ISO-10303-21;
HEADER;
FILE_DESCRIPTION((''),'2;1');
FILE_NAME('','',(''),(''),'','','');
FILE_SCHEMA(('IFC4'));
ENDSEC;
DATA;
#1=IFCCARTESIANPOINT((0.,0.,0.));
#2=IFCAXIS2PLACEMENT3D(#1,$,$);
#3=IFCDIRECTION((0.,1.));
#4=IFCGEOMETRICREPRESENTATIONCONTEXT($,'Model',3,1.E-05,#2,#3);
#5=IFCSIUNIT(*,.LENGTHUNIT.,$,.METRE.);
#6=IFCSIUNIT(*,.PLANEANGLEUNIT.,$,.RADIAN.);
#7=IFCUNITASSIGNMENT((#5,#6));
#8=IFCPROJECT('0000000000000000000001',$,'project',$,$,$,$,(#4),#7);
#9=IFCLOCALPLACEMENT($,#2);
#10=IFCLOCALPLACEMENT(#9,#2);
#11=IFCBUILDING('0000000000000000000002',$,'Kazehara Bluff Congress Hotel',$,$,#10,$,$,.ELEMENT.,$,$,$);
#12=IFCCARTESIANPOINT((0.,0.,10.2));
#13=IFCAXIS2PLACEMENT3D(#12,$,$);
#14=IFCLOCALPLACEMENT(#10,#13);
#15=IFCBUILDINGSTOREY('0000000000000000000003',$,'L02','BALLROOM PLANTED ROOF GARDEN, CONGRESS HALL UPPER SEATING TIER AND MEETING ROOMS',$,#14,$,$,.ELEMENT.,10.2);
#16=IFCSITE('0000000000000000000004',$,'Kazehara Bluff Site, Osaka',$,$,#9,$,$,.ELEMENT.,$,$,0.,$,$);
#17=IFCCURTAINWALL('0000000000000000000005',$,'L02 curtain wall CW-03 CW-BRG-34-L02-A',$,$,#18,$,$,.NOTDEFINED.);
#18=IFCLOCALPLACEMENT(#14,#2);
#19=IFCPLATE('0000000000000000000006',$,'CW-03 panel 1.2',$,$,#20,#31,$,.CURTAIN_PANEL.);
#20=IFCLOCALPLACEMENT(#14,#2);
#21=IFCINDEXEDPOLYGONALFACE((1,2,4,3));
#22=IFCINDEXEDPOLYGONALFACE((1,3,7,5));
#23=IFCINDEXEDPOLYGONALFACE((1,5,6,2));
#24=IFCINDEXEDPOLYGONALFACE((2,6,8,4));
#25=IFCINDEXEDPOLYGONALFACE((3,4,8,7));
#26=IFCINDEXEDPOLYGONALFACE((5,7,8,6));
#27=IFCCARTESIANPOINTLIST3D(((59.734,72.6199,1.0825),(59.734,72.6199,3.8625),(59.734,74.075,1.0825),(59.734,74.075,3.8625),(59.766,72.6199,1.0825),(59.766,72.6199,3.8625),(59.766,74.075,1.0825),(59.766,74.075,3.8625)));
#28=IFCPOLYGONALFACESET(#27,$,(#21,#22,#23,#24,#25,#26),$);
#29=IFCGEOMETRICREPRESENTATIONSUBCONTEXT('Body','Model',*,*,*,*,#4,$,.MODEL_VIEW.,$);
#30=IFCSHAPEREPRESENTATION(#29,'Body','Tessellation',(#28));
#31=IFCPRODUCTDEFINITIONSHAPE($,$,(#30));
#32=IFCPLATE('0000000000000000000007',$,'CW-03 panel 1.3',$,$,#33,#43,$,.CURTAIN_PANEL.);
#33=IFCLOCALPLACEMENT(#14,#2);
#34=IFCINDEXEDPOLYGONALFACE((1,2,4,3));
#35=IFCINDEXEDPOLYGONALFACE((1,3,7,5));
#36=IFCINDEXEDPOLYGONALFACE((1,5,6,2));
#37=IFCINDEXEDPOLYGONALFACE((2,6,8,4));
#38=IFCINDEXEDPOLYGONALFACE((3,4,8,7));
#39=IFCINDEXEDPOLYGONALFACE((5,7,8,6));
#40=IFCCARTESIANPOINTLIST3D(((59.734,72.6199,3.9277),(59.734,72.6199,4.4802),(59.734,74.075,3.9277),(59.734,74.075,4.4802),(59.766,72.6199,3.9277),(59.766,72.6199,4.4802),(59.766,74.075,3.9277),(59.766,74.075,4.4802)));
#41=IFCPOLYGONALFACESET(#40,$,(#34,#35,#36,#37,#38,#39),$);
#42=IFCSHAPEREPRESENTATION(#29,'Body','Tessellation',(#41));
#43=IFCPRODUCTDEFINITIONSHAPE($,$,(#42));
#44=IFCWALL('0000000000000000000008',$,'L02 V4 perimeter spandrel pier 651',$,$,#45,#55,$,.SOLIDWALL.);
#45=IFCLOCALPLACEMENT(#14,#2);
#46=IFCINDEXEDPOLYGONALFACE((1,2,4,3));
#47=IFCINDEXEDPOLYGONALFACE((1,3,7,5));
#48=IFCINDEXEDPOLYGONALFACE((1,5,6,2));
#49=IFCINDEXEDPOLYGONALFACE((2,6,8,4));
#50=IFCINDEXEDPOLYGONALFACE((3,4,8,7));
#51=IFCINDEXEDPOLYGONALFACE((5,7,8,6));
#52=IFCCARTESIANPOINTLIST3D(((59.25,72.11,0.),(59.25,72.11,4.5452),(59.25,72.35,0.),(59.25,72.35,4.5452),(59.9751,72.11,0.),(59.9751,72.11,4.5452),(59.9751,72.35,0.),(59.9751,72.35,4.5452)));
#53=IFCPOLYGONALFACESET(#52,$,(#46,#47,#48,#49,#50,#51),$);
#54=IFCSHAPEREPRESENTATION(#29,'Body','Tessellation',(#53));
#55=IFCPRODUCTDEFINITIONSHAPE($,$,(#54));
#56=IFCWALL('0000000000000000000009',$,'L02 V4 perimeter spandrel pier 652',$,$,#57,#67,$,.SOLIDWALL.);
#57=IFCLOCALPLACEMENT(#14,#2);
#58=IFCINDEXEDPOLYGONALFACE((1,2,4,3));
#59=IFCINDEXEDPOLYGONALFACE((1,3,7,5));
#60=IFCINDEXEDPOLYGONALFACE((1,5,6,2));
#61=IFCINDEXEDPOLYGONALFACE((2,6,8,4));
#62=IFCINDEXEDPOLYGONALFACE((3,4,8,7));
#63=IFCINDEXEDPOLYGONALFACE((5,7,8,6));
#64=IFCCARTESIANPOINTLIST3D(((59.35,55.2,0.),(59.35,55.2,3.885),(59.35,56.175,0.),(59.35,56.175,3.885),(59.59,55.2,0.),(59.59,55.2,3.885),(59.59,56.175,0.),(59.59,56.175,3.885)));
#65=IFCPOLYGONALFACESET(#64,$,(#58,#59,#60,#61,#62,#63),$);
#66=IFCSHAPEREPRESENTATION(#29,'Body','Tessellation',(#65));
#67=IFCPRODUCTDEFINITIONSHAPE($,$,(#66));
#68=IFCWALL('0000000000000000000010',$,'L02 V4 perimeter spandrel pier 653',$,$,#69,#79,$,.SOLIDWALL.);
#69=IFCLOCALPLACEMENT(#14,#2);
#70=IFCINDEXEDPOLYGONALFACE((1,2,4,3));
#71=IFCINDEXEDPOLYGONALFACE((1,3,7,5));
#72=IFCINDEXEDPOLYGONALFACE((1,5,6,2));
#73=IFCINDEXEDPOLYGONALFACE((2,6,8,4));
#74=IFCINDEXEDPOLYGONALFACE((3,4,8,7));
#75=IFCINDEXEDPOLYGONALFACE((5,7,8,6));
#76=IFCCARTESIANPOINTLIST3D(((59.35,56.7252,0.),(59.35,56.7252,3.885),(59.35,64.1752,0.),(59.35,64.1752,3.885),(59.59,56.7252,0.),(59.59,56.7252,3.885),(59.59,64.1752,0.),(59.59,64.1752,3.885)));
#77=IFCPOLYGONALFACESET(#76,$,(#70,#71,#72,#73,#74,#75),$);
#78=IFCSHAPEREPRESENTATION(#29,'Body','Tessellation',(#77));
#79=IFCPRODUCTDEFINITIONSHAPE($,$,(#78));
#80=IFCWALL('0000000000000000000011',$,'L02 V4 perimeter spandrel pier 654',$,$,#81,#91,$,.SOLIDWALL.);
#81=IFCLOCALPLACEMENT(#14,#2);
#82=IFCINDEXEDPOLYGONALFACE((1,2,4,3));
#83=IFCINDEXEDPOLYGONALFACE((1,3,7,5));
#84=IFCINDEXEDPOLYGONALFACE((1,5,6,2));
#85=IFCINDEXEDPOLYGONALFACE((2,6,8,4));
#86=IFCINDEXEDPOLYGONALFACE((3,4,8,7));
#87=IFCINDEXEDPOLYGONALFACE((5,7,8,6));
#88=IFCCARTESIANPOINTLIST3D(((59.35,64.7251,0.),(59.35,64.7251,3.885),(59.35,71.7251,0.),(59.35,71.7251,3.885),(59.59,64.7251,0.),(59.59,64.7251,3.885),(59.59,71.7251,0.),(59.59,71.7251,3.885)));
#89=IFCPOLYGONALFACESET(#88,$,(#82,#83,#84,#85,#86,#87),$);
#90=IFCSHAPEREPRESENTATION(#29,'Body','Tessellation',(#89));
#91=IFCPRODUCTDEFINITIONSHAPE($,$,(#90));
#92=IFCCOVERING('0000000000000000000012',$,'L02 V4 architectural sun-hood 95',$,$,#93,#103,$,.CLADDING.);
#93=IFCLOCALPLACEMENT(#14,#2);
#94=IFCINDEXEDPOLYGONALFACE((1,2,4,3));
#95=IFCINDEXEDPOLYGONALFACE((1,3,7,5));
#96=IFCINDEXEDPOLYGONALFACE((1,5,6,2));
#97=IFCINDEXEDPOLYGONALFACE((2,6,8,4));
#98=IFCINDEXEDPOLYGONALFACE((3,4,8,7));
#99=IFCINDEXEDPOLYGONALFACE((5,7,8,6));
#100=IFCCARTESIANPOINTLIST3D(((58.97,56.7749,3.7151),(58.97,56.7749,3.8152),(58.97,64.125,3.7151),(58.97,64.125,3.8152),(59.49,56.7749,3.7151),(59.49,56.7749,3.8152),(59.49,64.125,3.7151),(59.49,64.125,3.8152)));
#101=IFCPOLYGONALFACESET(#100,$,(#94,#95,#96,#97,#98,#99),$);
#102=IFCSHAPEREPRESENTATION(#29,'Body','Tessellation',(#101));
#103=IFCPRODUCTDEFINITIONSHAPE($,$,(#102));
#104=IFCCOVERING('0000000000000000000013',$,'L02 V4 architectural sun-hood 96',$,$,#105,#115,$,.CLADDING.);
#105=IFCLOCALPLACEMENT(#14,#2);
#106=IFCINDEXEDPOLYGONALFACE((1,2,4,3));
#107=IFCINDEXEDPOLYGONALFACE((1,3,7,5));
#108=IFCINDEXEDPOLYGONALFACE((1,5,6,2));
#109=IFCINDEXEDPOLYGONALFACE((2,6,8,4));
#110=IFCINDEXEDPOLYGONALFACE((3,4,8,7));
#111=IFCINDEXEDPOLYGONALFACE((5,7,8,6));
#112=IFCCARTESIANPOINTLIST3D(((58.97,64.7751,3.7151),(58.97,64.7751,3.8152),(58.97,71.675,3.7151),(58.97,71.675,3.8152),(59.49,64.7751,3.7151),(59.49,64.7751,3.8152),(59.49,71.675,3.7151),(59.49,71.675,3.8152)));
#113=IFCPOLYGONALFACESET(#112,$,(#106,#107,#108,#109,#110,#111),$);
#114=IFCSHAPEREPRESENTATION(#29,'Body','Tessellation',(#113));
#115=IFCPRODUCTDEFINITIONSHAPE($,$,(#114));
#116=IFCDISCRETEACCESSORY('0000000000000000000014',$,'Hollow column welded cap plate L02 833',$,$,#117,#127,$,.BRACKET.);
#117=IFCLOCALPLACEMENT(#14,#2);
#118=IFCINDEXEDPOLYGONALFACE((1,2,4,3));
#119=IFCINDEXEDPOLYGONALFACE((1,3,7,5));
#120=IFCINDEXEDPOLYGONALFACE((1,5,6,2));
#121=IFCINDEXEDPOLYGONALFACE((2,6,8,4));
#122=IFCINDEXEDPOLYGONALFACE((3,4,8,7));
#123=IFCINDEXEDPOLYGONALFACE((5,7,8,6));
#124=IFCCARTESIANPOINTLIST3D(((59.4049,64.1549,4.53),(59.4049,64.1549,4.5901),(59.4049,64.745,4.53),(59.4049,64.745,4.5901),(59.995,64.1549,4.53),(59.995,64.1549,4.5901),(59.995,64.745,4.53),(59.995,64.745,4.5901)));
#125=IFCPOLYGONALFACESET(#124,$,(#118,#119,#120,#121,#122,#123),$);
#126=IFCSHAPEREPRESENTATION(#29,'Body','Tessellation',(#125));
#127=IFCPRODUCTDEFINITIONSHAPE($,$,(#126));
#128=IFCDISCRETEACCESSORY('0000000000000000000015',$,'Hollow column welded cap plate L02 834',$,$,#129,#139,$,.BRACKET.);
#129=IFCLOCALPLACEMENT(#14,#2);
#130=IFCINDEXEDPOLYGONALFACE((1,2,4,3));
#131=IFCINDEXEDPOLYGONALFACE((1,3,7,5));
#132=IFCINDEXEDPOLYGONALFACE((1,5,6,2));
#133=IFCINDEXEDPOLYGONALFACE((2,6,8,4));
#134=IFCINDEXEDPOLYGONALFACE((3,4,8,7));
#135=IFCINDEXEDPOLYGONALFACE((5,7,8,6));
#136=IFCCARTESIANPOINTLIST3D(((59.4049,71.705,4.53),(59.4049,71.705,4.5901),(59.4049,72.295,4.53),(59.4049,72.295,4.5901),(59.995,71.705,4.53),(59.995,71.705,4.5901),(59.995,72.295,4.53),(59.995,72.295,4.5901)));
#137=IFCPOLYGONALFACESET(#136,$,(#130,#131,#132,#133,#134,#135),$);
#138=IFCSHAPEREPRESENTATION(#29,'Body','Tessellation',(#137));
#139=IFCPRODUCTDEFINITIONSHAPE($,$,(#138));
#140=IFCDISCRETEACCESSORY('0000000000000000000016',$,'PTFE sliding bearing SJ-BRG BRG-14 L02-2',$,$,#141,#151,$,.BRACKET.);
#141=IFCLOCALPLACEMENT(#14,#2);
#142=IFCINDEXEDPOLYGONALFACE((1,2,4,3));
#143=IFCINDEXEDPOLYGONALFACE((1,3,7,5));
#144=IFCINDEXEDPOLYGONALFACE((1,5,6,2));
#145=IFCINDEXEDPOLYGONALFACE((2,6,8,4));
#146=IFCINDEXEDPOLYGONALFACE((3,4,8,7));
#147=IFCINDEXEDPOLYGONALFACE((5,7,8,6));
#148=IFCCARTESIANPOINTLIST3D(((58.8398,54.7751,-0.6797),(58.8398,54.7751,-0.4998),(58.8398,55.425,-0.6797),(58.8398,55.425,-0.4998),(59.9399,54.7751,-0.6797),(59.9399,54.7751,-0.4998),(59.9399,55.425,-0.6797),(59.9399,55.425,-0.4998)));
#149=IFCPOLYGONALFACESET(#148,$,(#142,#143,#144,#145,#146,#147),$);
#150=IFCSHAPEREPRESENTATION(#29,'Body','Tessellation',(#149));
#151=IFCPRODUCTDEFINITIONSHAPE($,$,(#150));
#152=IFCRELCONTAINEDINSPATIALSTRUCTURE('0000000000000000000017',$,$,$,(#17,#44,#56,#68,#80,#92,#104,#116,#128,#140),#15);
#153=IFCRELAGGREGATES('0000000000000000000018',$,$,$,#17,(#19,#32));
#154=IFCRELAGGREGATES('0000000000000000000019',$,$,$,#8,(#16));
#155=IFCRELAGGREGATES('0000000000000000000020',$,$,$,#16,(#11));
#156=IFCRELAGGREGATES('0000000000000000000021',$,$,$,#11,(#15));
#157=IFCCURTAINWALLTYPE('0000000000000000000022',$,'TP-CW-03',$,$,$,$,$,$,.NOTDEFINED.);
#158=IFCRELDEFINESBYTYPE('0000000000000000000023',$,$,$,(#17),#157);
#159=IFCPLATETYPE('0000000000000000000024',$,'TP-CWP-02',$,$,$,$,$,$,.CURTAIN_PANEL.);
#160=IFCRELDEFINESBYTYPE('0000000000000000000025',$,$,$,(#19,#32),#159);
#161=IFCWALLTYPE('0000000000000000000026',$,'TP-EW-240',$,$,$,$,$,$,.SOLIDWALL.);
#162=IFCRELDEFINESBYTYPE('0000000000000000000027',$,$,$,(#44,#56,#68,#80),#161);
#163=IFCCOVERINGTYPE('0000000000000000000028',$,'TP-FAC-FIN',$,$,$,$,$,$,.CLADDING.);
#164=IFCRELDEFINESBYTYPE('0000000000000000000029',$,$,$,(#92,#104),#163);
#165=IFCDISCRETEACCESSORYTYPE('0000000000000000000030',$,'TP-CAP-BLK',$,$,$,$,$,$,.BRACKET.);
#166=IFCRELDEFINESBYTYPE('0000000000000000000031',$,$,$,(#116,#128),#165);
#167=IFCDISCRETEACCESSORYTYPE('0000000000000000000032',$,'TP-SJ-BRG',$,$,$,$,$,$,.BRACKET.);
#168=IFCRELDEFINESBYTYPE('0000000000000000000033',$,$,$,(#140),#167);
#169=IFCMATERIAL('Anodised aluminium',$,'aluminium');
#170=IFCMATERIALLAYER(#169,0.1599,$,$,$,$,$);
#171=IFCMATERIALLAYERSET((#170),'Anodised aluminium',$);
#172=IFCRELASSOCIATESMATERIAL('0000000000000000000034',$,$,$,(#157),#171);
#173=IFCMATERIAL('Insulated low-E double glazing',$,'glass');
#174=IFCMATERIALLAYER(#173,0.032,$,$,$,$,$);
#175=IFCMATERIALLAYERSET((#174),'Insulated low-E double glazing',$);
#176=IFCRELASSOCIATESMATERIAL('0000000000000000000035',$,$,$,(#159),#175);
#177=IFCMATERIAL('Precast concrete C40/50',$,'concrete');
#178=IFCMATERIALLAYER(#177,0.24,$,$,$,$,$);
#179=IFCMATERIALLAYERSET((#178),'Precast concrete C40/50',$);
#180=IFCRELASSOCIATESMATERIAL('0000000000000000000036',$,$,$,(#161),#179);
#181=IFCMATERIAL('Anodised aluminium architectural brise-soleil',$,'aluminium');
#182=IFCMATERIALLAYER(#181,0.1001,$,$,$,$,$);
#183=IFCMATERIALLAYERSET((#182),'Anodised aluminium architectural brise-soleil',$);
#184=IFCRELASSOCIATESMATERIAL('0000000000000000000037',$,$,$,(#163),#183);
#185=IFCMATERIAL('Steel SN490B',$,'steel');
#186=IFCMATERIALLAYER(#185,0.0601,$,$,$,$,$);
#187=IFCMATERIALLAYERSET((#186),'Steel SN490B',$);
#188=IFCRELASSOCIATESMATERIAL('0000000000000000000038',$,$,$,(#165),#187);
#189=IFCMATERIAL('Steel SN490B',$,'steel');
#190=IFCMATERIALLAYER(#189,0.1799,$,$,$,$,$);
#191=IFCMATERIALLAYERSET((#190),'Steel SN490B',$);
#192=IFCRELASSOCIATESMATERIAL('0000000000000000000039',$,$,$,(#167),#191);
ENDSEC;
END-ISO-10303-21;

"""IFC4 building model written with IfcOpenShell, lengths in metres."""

from ifc_helpers import new_model, si_unit, direction, frame, frame_2d, origin, origin_2d, place, context, subcontext, project, spatial, rectangle, extrude, material, layer, layer_set, type_object, element, aggregate, save


model = new_model("IFC4")

# Units and contexts
model_context = context("Model", 3, precision=1e-05, world=origin(), true_north=direction((0.0, 1.0)))
body_context = subcontext(model_context, "Body", "Model", "MODEL_VIEW")
ifc_project = project(units=[si_unit("LENGTHUNIT", "METRE"), si_unit("PLANEANGLEUNIT", "RADIAN")], contexts=[model_context])

# Site, building, storey
site_placement = place(None, origin())
site = spatial("IfcSite", under=ifc_project, at=site_placement, Name="Kazehara Bluff Site, Osaka", CompositionType="ELEMENT", RefElevation=0.0)
building_placement = place(site_placement, origin())
building = spatial("IfcBuilding", under=site, at=building_placement, Name="Kazehara Bluff Congress Hotel", CompositionType="ELEMENT")
storey_placement = place(building_placement, frame((0.0, 0.0, 10.2)))
storey = spatial("IfcBuildingStorey", under=building, at=storey_placement, Name="L02", Description="BALLROOM PLANTED ROOF GARDEN, CONGRESS HALL UPPER SEATING TIER AND MEETING ROOMS", CompositionType="ELEMENT", Elevation=10.2)

# Curtain wall
ifc_material_1 = material(Name="Anodised aluminium", Category="aluminium")
ifc_layer_1 = layer(ifc_material_1, 0.1599)
ifc_layer_set_1 = layer_set([ifc_layer_1], Name="Anodised aluminium")
curtain_wall_type_1 = type_object("IfcCurtainWallType", Name="TP-CW-03", PredefinedType="NOTDEFINED", material=ifc_layer_set_1)
curtain_wall_1_placement = place(storey_placement, origin())
curtain_wall_1 = element("IfcCurtainWall", 1, at=curtain_wall_1_placement, inside=storey, type_object=curtain_wall_type_1, Name="L02 curtain wall CW-03 CW-BRG-34-L02-A", PredefinedType="NOTDEFINED")

# Plates
ifc_material_2 = material(Name="Insulated low-E double glazing", Category="glass")
ifc_layer_2 = layer(ifc_material_2, 0.032)
ifc_layer_set_2 = layer_set([ifc_layer_2], Name="Insulated low-E double glazing")
plate_type_1 = type_object("IfcPlateType", Name="TP-CWP-02", PredefinedType="CURTAIN_PANEL", material=ifc_layer_set_2)
plate_1_placement = place(storey_placement, frame((59.75, 73.3474, 1.0825), z_axis=(0.0, 0.0, 1.0), x_axis=(0.0, 1.0, 0.0)))
plate_1 = element("IfcPlate", 2, at=plate_1_placement, type_object=plate_type_1, Name="CW-03 panel 1.2", PredefinedType="CURTAIN_PANEL", context=body_context, shape_type="SweptSolid", body=[
    extrude(rectangle(XDim=1.4551, YDim=0.032, at=origin_2d()), origin(), (0.0, 0.0, 1.0), 2.78),
])
plate_2_placement = place(storey_placement, frame((59.75, 73.3474, 3.9277), z_axis=(0.0, 0.0, 1.0), x_axis=(0.0, 1.0, 0.0)))
plate_2 = element("IfcPlate", 3, at=plate_2_placement, type_object=plate_type_1, Name="CW-03 panel 1.3", PredefinedType="CURTAIN_PANEL", context=body_context, shape_type="SweptSolid", body=[
    extrude(rectangle(XDim=1.4551, YDim=0.032, at=origin_2d()), origin(), (0.0, 0.0, 1.0), 0.5525),
])
aggregate(curtain_wall_1, [plate_1, plate_2])

# Walls
ifc_material_3 = material(Name="Precast concrete C40/50", Category="concrete")
ifc_layer_3 = layer(ifc_material_3, 0.24)
ifc_layer_set_3 = layer_set([ifc_layer_3], Name="Precast concrete C40/50")
wall_type = type_object("IfcWallType", Name="TP-EW-240", PredefinedType="SOLIDWALL", material=ifc_layer_set_3)
wall_1_placement = place(storey_placement, frame((59.25, 72.23, 0.0), z_axis=(0.0, 0.0, 1.0), x_axis=(1.0, 0.0, 0.0)))
element("IfcWall", 4, at=wall_1_placement, inside=storey, type_object=wall_type, Name="L02 V4 perimeter spandrel pier 651", PredefinedType="SOLIDWALL", context=body_context, shape_type="SweptSolid", body=[
    extrude(rectangle(XDim=0.7251, YDim=0.24, at=frame_2d((0.3625, 0.0))), origin(), (0.0, 0.0, 1.0), 4.5452),
])
wall_2_placement = place(storey_placement, frame((59.47, 55.2, 0.0), z_axis=(0.0, 0.0, 1.0), x_axis=(0.0, 1.0, 0.0)))
element("IfcWall", 5, at=wall_2_placement, inside=storey, type_object=wall_type, Name="L02 V4 perimeter spandrel pier 652", PredefinedType="SOLIDWALL", context=body_context, shape_type="SweptSolid", body=[
    extrude(rectangle(XDim=0.9751, YDim=0.24, at=frame_2d((0.4875, 0.0))), origin(), (0.0, 0.0, 1.0), 3.885),
])
wall_3_placement = place(storey_placement, frame((59.47, 56.7251, 0.0), z_axis=(0.0, 0.0, 1.0), x_axis=(0.0, 1.0, 0.0)))
element("IfcWall", 6, at=wall_3_placement, inside=storey, type_object=wall_type, Name="L02 V4 perimeter spandrel pier 653", PredefinedType="SOLIDWALL", context=body_context, shape_type="SweptSolid", body=[
    extrude(rectangle(XDim=7.45, YDim=0.24, at=frame_2d((3.7251, 0.0))), origin(), (0.0, 0.0, 1.0), 3.885),
])
wall_4_placement = place(storey_placement, frame((59.47, 64.7251, 0.0), z_axis=(0.0, 0.0, 1.0), x_axis=(0.0, 1.0, 0.0)))
element("IfcWall", 7, at=wall_4_placement, inside=storey, type_object=wall_type, Name="L02 V4 perimeter spandrel pier 654", PredefinedType="SOLIDWALL", context=body_context, shape_type="SweptSolid", body=[
    extrude(rectangle(XDim=7.0, YDim=0.24, at=frame_2d((3.5, 0.0))), origin(), (0.0, 0.0, 1.0), 3.885),
])

# Coverings
ifc_material_4 = material(Name="Anodised aluminium architectural brise-soleil", Category="aluminium")
ifc_layer_4 = layer(ifc_material_4, 0.1001)
ifc_layer_set_4 = layer_set([ifc_layer_4], Name="Anodised aluminium architectural brise-soleil")
covering_type = type_object("IfcCoveringType", Name="TP-FAC-FIN", PredefinedType="CLADDING", material=ifc_layer_set_4)
covering_1_placement = place(storey_placement, frame((59.23, 60.45, 3.7151), z_axis=(0.0, 0.0, 1.0), x_axis=(1.0, 0.0, 0.0)))
element("IfcCovering", 8, at=covering_1_placement, inside=storey, type_object=covering_type, Name="L02 V4 architectural sun-hood 95", PredefinedType="CLADDING", context=body_context, shape_type="SweptSolid", body=[
    extrude(rectangle(XDim=0.52, YDim=7.3501, at=origin_2d()), origin(), (0.0, 0.0, 1.0), 0.1001),
])
covering_2_placement = place(storey_placement, frame((59.23, 68.2251, 3.7151), z_axis=(0.0, 0.0, 1.0), x_axis=(1.0, 0.0, 0.0)))
element("IfcCovering", 9, at=covering_2_placement, inside=storey, type_object=covering_type, Name="L02 V4 architectural sun-hood 96", PredefinedType="CLADDING", context=body_context, shape_type="SweptSolid", body=[
    extrude(rectangle(XDim=0.52, YDim=6.8999, at=origin_2d()), origin(), (0.0, 0.0, 1.0), 0.1001),
])

# Discrete accessories
ifc_material_5 = material(Name="Steel SN490B", Category="steel")
ifc_layer_5 = layer(ifc_material_5, 0.0601)
ifc_layer_set_5 = layer_set([ifc_layer_5], Name="Steel SN490B")
discrete_accessory_type_1 = type_object("IfcDiscreteAccessoryType", Name="TP-CAP-BLK", PredefinedType="BRACKET", material=ifc_layer_set_5)
for number, where, z_axis, x_axis, name in (
    (10, (59.7, 64.45, 4.53), (0.0, 0.0, 1.0), (1.0, 0.0, 0.0), "Hollow column welded cap plate L02 833"),
    (11, (59.7, 72.0, 4.53), (0.0, 0.0, 1.0), (1.0, 0.0, 0.0), "Hollow column welded cap plate L02 834"),
):
    element("IfcDiscreteAccessory", number, at=place(storey_placement, frame(where, z_axis=z_axis, x_axis=x_axis)), inside=storey, type_object=discrete_accessory_type_1, Name=name, PredefinedType="BRACKET", context=body_context, shape_type="SweptSolid", body=[
        extrude(rectangle(XDim=0.5901, YDim=0.5901, at=origin_2d()), origin(), (0.0, 0.0, 1.0), 0.0601),
    ])
ifc_material_6 = material(Name="Steel SN490B", Category="steel")
ifc_layer_6 = layer(ifc_material_6, 0.1799)
ifc_layer_set_6 = layer_set([ifc_layer_6], Name="Steel SN490B")
discrete_accessory_type_2 = type_object("IfcDiscreteAccessoryType", Name="TP-SJ-BRG", PredefinedType="BRACKET", material=ifc_layer_set_6)
discrete_accessory_placement = place(storey_placement, frame((59.3899, 55.1001, -0.6797), z_axis=(0.0, 0.0, 1.0), x_axis=(1.0, 0.0, 0.0)))
element("IfcDiscreteAccessory", 12, at=discrete_accessory_placement, inside=storey, type_object=discrete_accessory_type_2, Name="PTFE sliding bearing SJ-BRG BRG-14 L02-2", PredefinedType="BRACKET", context=body_context, shape_type="SweptSolid", body=[
    extrude(rectangle(XDim=1.1001, YDim=0.6499, at=origin_2d()), origin(), (0.0, 0.0, 1.0), 0.1799),
])

save(model, "model.ifc")
